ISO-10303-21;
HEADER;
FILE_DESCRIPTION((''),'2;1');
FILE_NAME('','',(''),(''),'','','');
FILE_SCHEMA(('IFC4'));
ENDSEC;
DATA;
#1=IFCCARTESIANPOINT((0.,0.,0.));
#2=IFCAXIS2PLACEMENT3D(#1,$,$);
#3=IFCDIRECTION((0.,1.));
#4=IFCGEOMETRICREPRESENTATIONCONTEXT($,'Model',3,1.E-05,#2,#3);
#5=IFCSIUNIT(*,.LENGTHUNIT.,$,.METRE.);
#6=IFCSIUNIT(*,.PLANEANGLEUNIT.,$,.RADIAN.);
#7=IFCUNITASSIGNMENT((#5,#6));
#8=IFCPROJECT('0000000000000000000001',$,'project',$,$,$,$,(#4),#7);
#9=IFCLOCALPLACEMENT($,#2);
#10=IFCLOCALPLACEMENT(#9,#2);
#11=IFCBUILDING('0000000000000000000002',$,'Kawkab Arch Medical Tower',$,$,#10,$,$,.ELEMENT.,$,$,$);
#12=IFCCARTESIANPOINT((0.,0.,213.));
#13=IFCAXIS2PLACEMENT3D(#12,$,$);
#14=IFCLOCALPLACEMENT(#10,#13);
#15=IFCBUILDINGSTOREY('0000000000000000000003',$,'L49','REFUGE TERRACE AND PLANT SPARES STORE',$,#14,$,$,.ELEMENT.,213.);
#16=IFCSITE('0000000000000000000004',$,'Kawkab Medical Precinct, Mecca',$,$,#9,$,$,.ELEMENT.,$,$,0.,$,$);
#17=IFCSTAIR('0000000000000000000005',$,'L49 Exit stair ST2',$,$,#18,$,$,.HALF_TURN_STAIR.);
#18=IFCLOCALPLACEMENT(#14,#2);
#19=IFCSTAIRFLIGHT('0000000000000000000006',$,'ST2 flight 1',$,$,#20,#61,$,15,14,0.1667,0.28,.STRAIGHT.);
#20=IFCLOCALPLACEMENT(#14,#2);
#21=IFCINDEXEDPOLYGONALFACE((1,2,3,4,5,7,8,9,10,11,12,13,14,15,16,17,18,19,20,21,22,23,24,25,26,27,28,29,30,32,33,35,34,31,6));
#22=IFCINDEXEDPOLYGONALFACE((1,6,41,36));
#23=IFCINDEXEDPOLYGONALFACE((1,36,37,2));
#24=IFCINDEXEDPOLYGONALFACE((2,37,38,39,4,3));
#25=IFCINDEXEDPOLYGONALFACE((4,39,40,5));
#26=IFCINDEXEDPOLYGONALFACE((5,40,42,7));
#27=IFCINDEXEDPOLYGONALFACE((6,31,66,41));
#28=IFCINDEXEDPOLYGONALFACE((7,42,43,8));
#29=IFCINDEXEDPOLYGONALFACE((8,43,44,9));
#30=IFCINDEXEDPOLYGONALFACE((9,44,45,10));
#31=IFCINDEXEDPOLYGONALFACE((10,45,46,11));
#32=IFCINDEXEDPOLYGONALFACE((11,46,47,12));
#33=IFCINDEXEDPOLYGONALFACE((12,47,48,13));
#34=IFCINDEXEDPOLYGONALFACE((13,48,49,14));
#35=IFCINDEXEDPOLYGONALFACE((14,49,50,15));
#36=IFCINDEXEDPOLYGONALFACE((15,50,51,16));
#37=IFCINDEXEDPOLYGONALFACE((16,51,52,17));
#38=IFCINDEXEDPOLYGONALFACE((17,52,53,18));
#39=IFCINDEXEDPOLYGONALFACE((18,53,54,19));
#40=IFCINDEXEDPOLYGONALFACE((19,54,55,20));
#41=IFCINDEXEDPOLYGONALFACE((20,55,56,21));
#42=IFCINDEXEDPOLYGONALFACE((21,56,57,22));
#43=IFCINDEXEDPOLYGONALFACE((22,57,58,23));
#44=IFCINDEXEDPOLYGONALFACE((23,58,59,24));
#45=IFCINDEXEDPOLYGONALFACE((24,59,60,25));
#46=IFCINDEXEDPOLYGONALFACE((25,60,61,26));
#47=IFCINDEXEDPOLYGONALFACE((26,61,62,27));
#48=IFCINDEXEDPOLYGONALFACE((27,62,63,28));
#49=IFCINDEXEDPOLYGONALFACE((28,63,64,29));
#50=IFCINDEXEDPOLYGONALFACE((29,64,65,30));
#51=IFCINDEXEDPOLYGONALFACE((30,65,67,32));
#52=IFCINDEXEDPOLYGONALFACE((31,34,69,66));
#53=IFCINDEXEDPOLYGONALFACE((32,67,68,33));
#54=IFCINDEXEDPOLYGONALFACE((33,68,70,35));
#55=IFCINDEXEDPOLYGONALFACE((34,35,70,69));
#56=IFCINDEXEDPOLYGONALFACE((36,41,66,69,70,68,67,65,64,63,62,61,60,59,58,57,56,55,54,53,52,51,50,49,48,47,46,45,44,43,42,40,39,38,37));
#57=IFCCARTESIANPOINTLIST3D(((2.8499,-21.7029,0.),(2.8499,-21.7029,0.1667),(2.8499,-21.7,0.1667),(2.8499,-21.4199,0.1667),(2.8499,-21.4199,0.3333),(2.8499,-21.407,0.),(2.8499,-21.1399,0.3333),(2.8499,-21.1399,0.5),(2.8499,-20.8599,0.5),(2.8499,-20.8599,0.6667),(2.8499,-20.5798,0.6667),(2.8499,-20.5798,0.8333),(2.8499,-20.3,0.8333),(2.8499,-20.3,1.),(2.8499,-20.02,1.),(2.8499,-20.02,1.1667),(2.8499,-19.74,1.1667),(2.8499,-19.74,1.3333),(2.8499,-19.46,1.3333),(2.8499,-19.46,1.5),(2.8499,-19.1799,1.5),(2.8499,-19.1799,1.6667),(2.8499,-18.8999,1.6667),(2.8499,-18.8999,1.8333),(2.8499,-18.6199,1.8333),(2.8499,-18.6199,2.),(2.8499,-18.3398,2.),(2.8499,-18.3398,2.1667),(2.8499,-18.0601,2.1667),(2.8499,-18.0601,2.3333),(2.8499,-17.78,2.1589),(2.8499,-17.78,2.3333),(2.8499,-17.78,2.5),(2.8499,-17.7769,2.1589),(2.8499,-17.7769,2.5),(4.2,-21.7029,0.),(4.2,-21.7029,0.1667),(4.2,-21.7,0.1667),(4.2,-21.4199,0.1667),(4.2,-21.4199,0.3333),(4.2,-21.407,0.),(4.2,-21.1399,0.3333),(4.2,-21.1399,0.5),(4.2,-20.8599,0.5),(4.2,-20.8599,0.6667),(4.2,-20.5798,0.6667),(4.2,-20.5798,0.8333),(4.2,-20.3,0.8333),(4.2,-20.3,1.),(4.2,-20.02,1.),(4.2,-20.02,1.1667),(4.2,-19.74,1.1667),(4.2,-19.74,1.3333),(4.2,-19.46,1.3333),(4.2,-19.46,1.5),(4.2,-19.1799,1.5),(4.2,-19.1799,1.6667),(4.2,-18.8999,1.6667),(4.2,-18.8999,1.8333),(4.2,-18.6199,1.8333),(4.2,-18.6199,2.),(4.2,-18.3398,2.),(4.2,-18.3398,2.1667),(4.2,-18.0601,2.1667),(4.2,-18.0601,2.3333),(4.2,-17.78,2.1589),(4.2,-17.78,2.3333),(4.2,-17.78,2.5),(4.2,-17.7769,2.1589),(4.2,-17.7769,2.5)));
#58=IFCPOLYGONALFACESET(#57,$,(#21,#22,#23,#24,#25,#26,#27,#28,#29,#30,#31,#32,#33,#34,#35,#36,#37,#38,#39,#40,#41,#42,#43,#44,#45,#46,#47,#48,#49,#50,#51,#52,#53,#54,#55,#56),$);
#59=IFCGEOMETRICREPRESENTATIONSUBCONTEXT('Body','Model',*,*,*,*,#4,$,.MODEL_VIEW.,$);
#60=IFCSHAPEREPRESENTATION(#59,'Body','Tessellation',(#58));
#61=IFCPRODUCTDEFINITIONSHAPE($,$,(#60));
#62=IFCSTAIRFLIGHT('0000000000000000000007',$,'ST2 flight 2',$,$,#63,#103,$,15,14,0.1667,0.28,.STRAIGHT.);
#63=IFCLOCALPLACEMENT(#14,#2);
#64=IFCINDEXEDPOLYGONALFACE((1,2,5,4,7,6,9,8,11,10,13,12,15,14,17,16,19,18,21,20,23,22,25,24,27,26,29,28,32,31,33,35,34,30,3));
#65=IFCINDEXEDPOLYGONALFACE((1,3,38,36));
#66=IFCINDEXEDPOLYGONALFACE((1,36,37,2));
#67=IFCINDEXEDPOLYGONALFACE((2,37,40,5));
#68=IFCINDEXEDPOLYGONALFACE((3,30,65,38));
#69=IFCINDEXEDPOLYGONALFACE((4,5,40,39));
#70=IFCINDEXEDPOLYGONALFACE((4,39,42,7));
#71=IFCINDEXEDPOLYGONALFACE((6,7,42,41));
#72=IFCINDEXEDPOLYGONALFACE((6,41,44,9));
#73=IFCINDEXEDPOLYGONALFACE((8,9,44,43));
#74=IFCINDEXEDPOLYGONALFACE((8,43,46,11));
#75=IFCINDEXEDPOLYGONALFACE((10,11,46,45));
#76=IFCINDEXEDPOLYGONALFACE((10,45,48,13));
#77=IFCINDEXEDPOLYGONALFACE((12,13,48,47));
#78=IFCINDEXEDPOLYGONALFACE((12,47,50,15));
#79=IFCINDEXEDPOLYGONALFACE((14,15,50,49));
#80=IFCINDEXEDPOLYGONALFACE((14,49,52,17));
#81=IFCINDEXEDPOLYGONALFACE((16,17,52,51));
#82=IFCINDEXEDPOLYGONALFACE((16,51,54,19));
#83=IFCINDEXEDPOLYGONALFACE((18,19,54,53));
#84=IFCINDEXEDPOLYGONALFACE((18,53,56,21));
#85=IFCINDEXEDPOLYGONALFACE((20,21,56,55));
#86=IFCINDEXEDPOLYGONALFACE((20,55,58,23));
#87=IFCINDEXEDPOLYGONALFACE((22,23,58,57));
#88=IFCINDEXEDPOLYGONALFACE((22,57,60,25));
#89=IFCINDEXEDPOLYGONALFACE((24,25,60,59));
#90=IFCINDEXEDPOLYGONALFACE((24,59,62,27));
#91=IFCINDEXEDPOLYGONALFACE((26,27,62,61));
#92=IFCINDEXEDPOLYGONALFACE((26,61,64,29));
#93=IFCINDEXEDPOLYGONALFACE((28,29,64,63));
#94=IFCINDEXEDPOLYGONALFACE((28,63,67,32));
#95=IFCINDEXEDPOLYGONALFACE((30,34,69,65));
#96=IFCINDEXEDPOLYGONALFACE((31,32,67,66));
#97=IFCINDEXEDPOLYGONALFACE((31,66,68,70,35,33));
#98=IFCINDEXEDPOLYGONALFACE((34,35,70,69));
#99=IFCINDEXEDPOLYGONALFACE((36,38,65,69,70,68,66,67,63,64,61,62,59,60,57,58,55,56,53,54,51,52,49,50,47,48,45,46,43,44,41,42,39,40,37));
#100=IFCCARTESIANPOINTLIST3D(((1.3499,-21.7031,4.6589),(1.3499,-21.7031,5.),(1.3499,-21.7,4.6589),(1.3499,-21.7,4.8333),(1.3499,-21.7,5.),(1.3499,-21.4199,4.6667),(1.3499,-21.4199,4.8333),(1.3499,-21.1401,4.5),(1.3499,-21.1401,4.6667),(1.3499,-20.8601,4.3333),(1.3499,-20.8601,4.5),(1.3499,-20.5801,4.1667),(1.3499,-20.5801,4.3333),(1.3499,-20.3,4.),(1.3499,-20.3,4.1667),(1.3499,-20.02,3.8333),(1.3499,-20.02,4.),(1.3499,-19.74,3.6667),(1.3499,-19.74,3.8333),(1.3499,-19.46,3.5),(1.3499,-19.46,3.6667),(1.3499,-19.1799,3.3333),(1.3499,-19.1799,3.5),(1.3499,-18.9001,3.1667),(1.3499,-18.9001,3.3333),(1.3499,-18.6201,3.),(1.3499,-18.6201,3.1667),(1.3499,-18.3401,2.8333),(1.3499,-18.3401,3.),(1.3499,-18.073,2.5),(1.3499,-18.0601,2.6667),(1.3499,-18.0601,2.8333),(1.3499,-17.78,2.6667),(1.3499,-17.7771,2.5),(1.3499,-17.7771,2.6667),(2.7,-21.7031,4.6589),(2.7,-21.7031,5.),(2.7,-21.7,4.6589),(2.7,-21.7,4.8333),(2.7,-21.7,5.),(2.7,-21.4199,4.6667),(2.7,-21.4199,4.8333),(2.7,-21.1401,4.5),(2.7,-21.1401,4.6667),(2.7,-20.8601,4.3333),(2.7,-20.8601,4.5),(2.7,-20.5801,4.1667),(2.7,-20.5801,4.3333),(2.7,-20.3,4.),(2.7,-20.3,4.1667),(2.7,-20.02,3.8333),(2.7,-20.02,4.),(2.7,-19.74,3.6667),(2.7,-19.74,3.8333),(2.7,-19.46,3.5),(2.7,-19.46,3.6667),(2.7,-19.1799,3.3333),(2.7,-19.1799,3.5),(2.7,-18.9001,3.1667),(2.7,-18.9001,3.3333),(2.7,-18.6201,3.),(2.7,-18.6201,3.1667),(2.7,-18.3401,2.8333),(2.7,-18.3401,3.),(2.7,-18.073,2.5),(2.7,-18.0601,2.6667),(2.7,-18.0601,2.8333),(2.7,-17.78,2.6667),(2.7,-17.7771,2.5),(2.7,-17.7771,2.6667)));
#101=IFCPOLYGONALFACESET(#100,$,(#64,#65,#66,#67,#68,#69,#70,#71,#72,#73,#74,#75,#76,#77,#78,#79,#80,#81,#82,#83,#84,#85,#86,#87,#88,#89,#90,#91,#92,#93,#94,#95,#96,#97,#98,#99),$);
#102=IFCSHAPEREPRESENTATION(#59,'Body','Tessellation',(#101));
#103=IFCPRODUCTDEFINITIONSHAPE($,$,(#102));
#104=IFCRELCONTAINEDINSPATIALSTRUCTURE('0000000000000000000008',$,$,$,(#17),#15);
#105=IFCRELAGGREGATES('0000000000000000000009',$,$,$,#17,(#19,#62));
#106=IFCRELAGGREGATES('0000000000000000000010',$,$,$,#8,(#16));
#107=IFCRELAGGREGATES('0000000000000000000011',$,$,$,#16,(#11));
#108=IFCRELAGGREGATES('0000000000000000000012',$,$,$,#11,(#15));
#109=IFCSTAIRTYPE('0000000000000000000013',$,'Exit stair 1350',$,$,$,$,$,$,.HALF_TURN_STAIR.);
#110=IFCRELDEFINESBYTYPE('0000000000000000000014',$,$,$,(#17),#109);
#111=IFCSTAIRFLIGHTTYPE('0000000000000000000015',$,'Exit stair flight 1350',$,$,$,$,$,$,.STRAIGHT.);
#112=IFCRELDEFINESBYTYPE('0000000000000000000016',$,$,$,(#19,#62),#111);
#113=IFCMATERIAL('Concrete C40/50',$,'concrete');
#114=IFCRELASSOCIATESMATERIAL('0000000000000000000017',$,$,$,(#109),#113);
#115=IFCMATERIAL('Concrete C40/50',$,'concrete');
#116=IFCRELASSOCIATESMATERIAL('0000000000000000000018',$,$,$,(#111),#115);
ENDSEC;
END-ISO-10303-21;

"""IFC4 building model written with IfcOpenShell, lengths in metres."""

from ifc_helpers import new_model, si_unit, direction, frame, origin, place, context, subcontext, project, spatial, polyline, outline, extrude, material, type_object, element, aggregate, save


model = new_model("IFC4")

# Units and contexts
model_context = context("Model", 3, precision=1e-05, world=origin(), true_north=direction((0.0, 1.0)))
body_context = subcontext(model_context, "Body", "Model", "MODEL_VIEW")
ifc_project = project(units=[si_unit("LENGTHUNIT", "METRE"), si_unit("PLANEANGLEUNIT", "RADIAN")], contexts=[model_context])

# Site, building, storey
site_placement = place(None, origin())
site = spatial("IfcSite", under=ifc_project, at=site_placement, Name="Kawkab Medical Precinct, Mecca", CompositionType="ELEMENT", RefElevation=0.0)
building_placement = place(site_placement, origin())
building = spatial("IfcBuilding", under=site, at=building_placement, Name="Kawkab Arch Medical Tower", CompositionType="ELEMENT")
storey_placement = place(building_placement, frame((0.0, 0.0, 213.0)))
storey = spatial("IfcBuildingStorey", under=building, at=storey_placement, Name="L49", Description="REFUGE TERRACE AND PLANT SPARES STORE", CompositionType="ELEMENT", Elevation=213.0)

# Stair, stair flights
ifc_material_1 = material(Name="Concrete C40/50", Category="concrete")
stair_type = type_object("IfcStairType", Name="Exit stair 1350", PredefinedType="HALF_TURN_STAIR", material=ifc_material_1)
placement = place(storey_placement, origin())
ifc_material_2 = material(Name="Concrete C40/50", Category="concrete")
stair_flight_type = type_object("IfcStairFlightType", Name="Exit stair flight 1350", PredefinedType="STRAIGHT", material=ifc_material_2)
stair_1 = element("IfcStair", 1, at=placement, inside=storey, type_object=stair_type, Name="L49 Exit stair ST2", PredefinedType="HALF_TURN_STAIR")
stair_flight_1_placement = place(storey_placement, frame((3.5249, -21.7, 0.0), z_axis=(0.0, 0.0, 1.0), x_axis=(0.0, 1.0, 0.0)))
stair_flight_1 = element("IfcStairFlight", 2, at=stair_flight_1_placement, type_object=stair_flight_type, Name="ST2 flight 1", NumberOfRisers=15, NumberOfTreads=14, PredefinedType="STRAIGHT", RiserHeight=0.1667, TreadLength=0.28, context=body_context, shape_type="SweptSolid", body=[
    extrude(outline(polyline([(-0.0029, 0.0), (-0.0029, 0.1667), (0.0, 0.1667), (0.28, 0.1667), (0.28, 0.3333), (0.5601, 0.3333), (0.5601, 0.5), (0.8401, 0.5), (0.8401, 0.6667), (1.1201, 0.6667), (1.1201, 0.8333), (1.3999, 0.8333), (1.3999, 1.0), (1.6799, 1.0), (1.6799, 1.1667), (1.96, 1.1667), (1.96, 1.3333), (2.24, 1.3333), (2.24, 1.5), (2.52, 1.5), (2.52, 1.6667), (2.8, 1.6667), (2.8, 1.8333), (3.0801, 1.8333), (3.0801, 2.0), (3.3601, 2.0), (3.3601, 2.1667), (3.6399, 2.1667), (3.6399, 2.3333), (3.9199, 2.3333), (3.9199, 2.5), (3.9231, 2.5), (3.9231, 2.1589), (3.9199, 2.1589), (0.293, 0.0), (-0.0029, 0.0)])), frame((0.0, 0.675, 0.0), z_axis=(0.0, -1.0, 0.0), x_axis=(1.0, 0.0, 0.0)), (0.0, 0.0, 1.0), 1.3501),
])
stair_flight_2_placement = place(storey_placement, frame((2.0249, -17.78, 2.5), z_axis=(0.0, 0.0, 1.0), x_axis=(0.0, -1.0, 0.0)))
stair_flight_2 = element("IfcStairFlight", 3, at=stair_flight_2_placement, type_object=stair_flight_type, Name="ST2 flight 2", NumberOfRisers=15, NumberOfTreads=14, PredefinedType="STRAIGHT", RiserHeight=0.1667, TreadLength=0.28, context=body_context, shape_type="SweptSolid", body=[
    extrude(outline(polyline([(-0.0029, 0.0), (-0.0029, 0.1667), (0.0, 0.1667), (0.28, 0.1667), (0.28, 0.3333), (0.5601, 0.3333), (0.5601, 0.5), (0.8401, 0.5), (0.8401, 0.6667), (1.1201, 0.6667), (1.1201, 0.8333), (1.3999, 0.8333), (1.3999, 1.0), (1.6799, 1.0), (1.6799, 1.1667), (1.96, 1.1667), (1.96, 1.3333), (2.24, 1.3333), (2.24, 1.5), (2.52, 1.5), (2.52, 1.6667), (2.8, 1.6667), (2.8, 1.8333), (3.0801, 1.8333), (3.0801, 2.0), (3.3601, 2.0), (3.3601, 2.1667), (3.6399, 2.1667), (3.6399, 2.3333), (3.9199, 2.3333), (3.9199, 2.5), (3.9231, 2.5), (3.9231, 2.1589), (3.9199, 2.1589), (0.293, 0.0), (-0.0029, 0.0)])), frame((0.0, 0.675, 0.0), z_axis=(0.0, -1.0, 0.0), x_axis=(1.0, 0.0, 0.0)), (0.0, 0.0, 1.0), 1.3501),
])
aggregate(stair_1, [stair_flight_1, stair_flight_2])

save(model, "model.ifc")
